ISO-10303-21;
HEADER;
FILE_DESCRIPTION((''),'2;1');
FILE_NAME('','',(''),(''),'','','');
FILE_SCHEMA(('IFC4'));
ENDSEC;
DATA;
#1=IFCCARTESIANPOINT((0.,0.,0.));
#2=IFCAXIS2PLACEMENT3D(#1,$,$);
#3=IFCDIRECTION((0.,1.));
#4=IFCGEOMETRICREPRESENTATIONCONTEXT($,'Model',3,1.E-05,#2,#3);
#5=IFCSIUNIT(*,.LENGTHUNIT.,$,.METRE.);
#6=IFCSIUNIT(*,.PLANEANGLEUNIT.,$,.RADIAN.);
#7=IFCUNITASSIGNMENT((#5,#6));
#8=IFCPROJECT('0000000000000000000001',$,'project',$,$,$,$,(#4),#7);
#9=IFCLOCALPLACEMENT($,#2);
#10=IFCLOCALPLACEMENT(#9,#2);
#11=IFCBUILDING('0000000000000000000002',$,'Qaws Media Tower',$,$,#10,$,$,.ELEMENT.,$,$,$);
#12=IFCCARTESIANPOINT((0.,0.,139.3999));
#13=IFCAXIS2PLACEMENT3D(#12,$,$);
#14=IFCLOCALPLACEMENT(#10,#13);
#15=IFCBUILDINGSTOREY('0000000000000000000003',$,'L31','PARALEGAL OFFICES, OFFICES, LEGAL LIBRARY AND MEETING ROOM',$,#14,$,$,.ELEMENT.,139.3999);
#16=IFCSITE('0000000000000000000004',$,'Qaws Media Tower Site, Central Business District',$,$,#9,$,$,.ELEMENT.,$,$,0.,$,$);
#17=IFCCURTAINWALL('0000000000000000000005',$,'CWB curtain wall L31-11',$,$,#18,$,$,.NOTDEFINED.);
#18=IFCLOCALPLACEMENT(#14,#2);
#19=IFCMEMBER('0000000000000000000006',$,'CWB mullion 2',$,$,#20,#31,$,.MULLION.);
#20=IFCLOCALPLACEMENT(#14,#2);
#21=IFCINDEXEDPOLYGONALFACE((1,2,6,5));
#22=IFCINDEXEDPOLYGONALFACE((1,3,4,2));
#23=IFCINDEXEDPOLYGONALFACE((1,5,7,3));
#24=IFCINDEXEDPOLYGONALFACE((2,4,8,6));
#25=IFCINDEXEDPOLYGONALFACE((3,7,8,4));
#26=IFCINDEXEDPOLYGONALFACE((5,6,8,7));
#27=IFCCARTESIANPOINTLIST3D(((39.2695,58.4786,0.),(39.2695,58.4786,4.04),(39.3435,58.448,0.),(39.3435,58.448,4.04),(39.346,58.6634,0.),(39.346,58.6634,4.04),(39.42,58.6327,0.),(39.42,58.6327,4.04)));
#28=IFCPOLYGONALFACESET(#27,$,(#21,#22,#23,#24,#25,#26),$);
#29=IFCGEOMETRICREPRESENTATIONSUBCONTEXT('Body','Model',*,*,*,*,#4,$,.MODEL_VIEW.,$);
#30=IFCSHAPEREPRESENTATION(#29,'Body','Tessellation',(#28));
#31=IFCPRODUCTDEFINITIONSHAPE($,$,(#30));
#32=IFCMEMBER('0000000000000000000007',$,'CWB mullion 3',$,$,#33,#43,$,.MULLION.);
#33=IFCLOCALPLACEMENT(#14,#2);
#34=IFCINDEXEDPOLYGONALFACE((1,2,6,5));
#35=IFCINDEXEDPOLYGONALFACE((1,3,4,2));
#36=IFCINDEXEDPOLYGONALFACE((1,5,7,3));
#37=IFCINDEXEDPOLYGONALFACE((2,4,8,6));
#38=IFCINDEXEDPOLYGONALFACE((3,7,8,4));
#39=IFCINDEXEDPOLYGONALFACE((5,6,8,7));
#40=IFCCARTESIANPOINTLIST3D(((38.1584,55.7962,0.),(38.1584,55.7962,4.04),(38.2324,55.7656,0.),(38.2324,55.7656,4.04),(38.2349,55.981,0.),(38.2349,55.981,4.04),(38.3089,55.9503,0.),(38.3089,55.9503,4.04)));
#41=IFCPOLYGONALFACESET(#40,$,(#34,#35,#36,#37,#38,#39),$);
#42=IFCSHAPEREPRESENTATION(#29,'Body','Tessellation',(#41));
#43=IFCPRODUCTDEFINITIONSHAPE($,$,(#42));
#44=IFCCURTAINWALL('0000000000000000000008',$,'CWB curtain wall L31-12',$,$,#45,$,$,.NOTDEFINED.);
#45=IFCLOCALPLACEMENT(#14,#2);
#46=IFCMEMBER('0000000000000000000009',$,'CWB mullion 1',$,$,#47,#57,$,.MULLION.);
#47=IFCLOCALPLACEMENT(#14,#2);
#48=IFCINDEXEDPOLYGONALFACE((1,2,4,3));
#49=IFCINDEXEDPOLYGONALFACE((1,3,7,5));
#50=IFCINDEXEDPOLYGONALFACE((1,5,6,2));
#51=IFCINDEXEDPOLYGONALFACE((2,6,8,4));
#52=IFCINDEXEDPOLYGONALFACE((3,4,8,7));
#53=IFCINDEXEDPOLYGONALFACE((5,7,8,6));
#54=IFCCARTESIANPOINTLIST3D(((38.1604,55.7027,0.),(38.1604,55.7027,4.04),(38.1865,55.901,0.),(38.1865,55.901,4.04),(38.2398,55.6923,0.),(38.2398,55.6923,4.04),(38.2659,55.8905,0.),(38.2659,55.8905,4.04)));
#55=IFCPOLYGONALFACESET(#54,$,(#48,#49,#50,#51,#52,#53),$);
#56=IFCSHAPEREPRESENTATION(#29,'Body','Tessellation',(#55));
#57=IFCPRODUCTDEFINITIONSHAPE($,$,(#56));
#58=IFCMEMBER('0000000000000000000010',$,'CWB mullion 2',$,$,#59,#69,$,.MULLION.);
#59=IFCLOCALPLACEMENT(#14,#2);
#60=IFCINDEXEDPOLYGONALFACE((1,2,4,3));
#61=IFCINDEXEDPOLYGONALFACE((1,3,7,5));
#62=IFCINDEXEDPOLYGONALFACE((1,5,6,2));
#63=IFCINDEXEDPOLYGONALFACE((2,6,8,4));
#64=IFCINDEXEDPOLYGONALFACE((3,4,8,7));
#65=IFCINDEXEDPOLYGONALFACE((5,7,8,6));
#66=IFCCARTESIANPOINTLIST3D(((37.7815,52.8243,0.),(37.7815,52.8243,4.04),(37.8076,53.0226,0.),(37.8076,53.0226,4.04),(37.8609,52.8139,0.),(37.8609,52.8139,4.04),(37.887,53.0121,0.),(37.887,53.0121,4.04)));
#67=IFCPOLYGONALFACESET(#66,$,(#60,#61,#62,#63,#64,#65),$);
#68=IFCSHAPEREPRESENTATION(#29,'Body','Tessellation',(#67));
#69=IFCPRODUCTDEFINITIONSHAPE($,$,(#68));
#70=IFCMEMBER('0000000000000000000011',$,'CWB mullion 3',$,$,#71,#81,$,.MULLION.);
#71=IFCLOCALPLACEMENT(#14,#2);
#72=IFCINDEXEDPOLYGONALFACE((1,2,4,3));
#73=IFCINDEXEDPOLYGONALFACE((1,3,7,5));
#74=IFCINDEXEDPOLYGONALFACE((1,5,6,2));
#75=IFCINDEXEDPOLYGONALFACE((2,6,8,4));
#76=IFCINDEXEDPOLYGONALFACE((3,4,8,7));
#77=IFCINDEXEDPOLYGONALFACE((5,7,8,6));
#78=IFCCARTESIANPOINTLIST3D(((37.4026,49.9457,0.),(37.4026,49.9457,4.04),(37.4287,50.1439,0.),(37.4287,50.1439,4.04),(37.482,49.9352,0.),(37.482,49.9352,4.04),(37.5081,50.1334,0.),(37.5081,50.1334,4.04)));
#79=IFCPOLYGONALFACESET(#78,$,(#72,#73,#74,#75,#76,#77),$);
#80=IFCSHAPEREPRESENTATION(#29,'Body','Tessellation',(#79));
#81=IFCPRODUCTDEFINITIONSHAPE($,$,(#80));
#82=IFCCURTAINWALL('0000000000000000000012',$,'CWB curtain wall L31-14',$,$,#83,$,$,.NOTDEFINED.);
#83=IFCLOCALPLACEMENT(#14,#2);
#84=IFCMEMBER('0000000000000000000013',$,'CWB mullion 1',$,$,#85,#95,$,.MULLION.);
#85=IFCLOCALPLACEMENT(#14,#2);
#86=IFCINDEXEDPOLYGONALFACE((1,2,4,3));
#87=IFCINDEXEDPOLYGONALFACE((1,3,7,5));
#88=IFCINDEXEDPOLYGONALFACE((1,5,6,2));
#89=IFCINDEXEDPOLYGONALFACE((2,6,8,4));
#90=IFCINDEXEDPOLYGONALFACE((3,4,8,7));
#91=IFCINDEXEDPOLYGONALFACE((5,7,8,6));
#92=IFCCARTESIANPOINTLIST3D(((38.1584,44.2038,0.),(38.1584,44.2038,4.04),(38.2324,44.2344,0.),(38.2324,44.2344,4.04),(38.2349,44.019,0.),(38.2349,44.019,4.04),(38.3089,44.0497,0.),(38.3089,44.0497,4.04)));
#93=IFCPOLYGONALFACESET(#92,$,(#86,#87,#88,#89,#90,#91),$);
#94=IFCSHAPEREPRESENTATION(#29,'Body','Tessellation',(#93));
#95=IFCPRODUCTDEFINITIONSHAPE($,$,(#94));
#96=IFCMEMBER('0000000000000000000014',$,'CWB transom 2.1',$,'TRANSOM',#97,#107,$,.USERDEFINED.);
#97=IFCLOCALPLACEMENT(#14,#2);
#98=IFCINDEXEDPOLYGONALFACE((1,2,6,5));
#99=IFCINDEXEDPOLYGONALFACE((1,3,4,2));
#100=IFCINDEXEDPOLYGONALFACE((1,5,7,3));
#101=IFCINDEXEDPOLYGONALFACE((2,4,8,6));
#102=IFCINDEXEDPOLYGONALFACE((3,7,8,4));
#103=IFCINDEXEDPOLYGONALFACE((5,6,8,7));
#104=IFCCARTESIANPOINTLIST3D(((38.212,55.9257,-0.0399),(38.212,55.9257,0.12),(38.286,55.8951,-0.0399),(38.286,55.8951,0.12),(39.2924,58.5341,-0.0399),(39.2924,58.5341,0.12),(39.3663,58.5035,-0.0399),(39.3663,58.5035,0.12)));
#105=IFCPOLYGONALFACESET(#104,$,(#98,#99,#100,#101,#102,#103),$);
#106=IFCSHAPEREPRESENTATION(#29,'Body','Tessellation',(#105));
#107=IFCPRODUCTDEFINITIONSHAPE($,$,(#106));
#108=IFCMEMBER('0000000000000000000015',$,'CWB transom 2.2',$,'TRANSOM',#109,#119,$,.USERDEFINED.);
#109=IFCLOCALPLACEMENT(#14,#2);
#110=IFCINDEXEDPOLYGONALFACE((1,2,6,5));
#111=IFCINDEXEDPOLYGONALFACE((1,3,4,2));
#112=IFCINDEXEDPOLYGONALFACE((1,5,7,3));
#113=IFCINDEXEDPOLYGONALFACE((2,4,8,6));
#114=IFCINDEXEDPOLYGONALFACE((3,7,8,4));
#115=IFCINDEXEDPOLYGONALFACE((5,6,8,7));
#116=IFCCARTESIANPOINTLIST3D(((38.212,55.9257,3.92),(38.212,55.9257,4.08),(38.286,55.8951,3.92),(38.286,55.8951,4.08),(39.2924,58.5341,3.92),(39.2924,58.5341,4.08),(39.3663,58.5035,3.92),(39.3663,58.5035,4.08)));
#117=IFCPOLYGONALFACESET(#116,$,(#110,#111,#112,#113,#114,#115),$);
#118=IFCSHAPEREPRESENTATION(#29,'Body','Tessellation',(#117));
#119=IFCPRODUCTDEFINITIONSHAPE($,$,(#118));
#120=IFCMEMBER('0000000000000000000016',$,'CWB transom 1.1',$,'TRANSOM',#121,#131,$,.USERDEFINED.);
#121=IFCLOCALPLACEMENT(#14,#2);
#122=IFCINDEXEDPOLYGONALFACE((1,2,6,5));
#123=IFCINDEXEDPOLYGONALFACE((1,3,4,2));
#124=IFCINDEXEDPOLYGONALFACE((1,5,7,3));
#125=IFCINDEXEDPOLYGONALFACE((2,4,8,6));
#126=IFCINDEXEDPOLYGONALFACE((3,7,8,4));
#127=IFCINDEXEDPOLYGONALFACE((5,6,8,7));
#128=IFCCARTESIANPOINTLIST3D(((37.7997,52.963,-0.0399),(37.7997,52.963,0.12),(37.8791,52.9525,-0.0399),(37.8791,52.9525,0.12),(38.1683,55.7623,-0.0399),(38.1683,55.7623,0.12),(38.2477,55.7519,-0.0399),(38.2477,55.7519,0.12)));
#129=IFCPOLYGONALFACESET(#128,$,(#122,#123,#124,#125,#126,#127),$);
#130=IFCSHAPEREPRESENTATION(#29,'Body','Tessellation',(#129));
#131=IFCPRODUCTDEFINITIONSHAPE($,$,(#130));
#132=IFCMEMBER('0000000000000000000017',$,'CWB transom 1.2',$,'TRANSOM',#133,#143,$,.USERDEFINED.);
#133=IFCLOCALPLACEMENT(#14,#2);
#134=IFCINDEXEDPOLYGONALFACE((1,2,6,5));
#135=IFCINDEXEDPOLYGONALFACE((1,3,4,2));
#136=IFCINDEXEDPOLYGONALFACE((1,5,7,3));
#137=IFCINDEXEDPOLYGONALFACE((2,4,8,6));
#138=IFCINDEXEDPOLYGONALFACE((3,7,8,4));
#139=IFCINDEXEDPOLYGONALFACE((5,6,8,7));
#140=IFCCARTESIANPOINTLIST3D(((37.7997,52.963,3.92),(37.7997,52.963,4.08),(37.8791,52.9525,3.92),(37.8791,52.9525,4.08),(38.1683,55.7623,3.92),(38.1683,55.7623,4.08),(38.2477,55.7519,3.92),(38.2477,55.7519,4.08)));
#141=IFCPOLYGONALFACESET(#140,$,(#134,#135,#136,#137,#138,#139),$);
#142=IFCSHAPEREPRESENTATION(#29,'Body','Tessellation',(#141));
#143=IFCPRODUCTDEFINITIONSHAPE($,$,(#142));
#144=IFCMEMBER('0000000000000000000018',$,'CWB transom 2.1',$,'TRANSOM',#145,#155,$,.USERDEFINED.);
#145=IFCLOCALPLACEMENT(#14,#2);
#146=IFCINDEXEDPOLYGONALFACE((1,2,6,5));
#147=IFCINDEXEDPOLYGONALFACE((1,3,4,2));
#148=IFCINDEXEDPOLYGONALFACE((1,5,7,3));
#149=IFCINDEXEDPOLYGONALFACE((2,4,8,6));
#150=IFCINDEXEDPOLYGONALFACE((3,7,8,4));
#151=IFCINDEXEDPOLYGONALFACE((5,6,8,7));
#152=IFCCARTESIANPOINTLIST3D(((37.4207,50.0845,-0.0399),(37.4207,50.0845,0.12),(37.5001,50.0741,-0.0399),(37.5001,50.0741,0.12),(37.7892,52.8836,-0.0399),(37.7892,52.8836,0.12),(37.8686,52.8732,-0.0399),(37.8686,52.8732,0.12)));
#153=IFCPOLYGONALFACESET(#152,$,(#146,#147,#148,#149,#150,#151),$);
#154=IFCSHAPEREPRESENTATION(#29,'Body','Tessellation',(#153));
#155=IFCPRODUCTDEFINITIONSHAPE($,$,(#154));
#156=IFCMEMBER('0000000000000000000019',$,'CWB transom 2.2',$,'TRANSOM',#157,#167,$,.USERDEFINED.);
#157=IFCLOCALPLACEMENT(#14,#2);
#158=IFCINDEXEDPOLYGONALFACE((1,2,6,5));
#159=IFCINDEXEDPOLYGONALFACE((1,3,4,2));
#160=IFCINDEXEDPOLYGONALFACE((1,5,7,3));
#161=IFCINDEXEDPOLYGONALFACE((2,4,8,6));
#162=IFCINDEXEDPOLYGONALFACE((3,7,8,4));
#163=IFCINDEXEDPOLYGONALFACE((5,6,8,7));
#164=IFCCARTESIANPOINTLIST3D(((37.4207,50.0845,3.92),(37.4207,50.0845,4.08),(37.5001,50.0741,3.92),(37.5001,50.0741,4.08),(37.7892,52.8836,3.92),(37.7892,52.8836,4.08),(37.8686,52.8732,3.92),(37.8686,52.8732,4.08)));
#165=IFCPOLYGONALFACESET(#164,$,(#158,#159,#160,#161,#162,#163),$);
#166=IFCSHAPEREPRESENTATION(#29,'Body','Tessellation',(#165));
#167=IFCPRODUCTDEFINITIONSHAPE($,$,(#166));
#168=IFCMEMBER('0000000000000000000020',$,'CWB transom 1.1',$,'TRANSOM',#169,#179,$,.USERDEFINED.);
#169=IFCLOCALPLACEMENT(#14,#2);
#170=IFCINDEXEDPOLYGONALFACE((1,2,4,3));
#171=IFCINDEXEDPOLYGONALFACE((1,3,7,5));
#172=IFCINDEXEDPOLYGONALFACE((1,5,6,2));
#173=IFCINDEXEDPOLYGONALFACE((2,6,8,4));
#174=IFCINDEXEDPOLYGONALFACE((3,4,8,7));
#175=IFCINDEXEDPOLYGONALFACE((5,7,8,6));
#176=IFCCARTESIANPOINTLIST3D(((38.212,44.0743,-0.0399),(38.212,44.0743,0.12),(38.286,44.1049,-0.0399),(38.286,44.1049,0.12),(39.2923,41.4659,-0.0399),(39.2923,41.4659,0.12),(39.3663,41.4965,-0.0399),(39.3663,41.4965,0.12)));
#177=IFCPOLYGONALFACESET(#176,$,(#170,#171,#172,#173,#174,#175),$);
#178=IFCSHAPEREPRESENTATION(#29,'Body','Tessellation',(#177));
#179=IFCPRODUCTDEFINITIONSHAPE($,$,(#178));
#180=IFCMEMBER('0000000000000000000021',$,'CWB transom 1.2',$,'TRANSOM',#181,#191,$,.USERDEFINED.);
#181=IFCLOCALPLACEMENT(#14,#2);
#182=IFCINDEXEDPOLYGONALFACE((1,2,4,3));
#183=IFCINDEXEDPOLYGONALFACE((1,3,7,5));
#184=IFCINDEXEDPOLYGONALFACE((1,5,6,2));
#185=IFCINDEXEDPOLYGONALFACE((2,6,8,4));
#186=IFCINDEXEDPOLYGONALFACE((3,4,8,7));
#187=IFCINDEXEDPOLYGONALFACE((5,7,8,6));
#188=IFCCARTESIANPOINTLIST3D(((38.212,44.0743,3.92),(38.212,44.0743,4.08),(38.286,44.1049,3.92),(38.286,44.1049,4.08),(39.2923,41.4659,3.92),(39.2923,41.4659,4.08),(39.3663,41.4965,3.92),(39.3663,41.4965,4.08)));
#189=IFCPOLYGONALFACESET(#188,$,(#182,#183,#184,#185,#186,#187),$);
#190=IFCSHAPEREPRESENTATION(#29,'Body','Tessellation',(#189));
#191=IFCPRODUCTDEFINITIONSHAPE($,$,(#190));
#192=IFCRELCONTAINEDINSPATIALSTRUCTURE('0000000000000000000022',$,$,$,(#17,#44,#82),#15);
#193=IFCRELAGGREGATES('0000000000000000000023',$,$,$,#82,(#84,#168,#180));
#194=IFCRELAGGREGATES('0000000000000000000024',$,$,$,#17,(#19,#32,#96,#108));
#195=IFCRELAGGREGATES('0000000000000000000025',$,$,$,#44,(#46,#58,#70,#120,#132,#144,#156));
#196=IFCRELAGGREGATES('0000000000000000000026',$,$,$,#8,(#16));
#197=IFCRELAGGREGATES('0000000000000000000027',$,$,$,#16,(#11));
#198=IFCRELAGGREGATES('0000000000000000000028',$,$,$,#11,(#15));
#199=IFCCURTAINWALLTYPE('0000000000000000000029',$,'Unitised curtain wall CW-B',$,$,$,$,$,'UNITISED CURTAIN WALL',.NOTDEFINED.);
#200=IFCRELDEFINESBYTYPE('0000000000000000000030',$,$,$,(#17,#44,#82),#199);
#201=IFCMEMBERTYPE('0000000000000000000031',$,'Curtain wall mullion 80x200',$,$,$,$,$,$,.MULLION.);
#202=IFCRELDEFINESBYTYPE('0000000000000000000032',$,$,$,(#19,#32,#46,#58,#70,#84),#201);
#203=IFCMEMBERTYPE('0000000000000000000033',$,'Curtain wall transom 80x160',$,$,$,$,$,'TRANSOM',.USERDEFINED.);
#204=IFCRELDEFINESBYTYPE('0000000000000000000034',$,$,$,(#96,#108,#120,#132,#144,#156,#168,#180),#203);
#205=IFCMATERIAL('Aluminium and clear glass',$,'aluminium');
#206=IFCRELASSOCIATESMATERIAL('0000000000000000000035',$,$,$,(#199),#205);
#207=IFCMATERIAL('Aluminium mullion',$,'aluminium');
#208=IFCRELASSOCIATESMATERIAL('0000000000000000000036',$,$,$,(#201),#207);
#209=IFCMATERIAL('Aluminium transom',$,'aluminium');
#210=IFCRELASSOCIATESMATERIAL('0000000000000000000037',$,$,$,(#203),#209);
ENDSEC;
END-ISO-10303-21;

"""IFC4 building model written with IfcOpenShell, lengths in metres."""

from ifc_helpers import new_model, si_unit, direction, frame, origin, origin_2d, place, context, subcontext, project, spatial, rectangle, extrude, material, material_profile, profile_set, type_object, element, aggregate, save


model = new_model("IFC4")

# Units and contexts
model_context = context("Model", 3, precision=1e-05, world=origin(), true_north=direction((0.0, 1.0)))
body_context = subcontext(model_context, "Body", "Model", "MODEL_VIEW")
ifc_project = project(units=[si_unit("LENGTHUNIT", "METRE"), si_unit("PLANEANGLEUNIT", "RADIAN")], contexts=[model_context])

# Site, building, storey
site_placement = place(None, origin())
site = spatial("IfcSite", under=ifc_project, at=site_placement, Name="Qaws Media Tower Site, Central Business District", CompositionType="ELEMENT", RefElevation=0.0)
building_placement = place(site_placement, origin())
building = spatial("IfcBuilding", under=site, at=building_placement, Name="Qaws Media Tower", CompositionType="ELEMENT")
storey_placement = place(building_placement, frame((0.0, 0.0, 139.3999)))
storey = spatial("IfcBuildingStorey", under=building, at=storey_placement, Name="L31", Description="PARALEGAL OFFICES, OFFICES, LEGAL LIBRARY AND MEETING ROOM", CompositionType="ELEMENT", Elevation=139.3999)

# Curtain walls, members
ifc_material_1 = material(Name="Aluminium and clear glass", Category="aluminium")
curtain_wall_type = type_object("IfcCurtainWallType", Name="Unitised curtain wall CW-B", ElementType="UNITISED CURTAIN WALL", PredefinedType="NOTDEFINED", material=ifc_material_1)
curtain_wall_1_placement = place(storey_placement, origin())
curtain_wall_1 = element("IfcCurtainWall", 1, at=curtain_wall_1_placement, inside=storey, type_object=curtain_wall_type, Name="CWB curtain wall L31-11", PredefinedType="NOTDEFINED")
ifc_material_2 = material(Name="Aluminium mullion", Category="aluminium")
ifc_material_profile_1 = material_profile(ifc_material_2, rectangle(XDim=0.0801, YDim=0.2, at=origin_2d()), Name="80x200")
ifc_profile_set_1 = profile_set([ifc_material_profile_1], Name="Aluminium mullion")
member_type_1 = type_object("IfcMemberType", Name="Curtain wall mullion 80x200", PredefinedType="MULLION", material=ifc_profile_set_1)
member_1_placement = place(storey_placement, frame((39.3447, 58.5557, 0.0), z_axis=(0.0, 0.0, 1.0), x_axis=(0.92388, -0.382683, 0.0)))
member_1 = element("IfcMember", 2, at=member_1_placement, type_object=member_type_1, Name="CWB mullion 2", PredefinedType="MULLION", context=body_context, shape_type="SweptSolid", body=[
    extrude(rectangle(XDim=0.0801, YDim=0.2, at=origin_2d()), origin(), (0.0, 0.0, 1.0), 4.04),
])
member_2_placement = place(storey_placement, frame((38.2336, 55.8733, 0.0), z_axis=(0.0, 0.0, 1.0), x_axis=(0.92388, -0.382683, 0.0)))
member_2 = element("IfcMember", 3, at=member_2_placement, type_object=member_type_1, Name="CWB mullion 3", PredefinedType="MULLION", context=body_context, shape_type="SweptSolid", body=[
    extrude(rectangle(XDim=0.0801, YDim=0.2, at=origin_2d()), origin(), (0.0, 0.0, 1.0), 4.04),
])
curtain_wall_2_placement = place(storey_placement, origin())
curtain_wall_2 = element("IfcCurtainWall", 4, at=curtain_wall_2_placement, inside=storey, type_object=curtain_wall_type, Name="CWB curtain wall L31-12", PredefinedType="NOTDEFINED")
member_3_placement = place(storey_placement, frame((38.2131, 55.7966, 0.0), z_axis=(0.0, 0.0, 1.0), x_axis=(0.991445, -0.130526, 0.0)))
member_3 = element("IfcMember", 5, at=member_3_placement, type_object=member_type_1, Name="CWB mullion 1", PredefinedType="MULLION", context=body_context, shape_type="SweptSolid", body=[
    extrude(rectangle(XDim=0.0801, YDim=0.2, at=origin_2d()), origin(), (0.0, 0.0, 1.0), 4.04),
])
member_4_placement = place(storey_placement, frame((37.8342, 52.9182, 0.0), z_axis=(0.0, 0.0, 1.0), x_axis=(0.991445, -0.130526, 0.0)))
member_4 = element("IfcMember", 6, at=member_4_placement, type_object=member_type_1, Name="CWB mullion 2", PredefinedType="MULLION", context=body_context, shape_type="SweptSolid", body=[
    extrude(rectangle(XDim=0.0801, YDim=0.2, at=origin_2d()), origin(), (0.0, 0.0, 1.0), 4.04),
])
member_5_placement = place(storey_placement, frame((37.4553, 50.0396, 0.0), z_axis=(0.0, 0.0, 1.0), x_axis=(0.991445, -0.130526, 0.0)))
member_5 = element("IfcMember", 7, at=member_5_placement, type_object=member_type_1, Name="CWB mullion 3", PredefinedType="MULLION", context=body_context, shape_type="SweptSolid", body=[
    extrude(rectangle(XDim=0.0801, YDim=0.2, at=origin_2d()), origin(), (0.0, 0.0, 1.0), 4.04),
])

# Curtain wall, member
curtain_wall_3_placement = place(storey_placement, origin())
curtain_wall_3 = element("IfcCurtainWall", 8, at=curtain_wall_3_placement, inside=storey, type_object=curtain_wall_type, Name="CWB curtain wall L31-14", PredefinedType="NOTDEFINED")
member_6_placement = place(storey_placement, frame((38.2336, 44.1267, 0.0), z_axis=(0.0, 0.0, 1.0), x_axis=(0.92388, 0.382683, 0.0)))
member_6 = element("IfcMember", 9, at=member_6_placement, type_object=member_type_1, Name="CWB mullion 1", PredefinedType="MULLION", context=body_context, shape_type="SweptSolid", body=[
    extrude(rectangle(XDim=0.0801, YDim=0.2, at=origin_2d()), origin(), (0.0, 0.0, 1.0), 4.04),
])

# Members
ifc_material_3 = material(Name="Aluminium transom", Category="aluminium")
ifc_material_profile_2 = material_profile(ifc_material_3, rectangle(XDim=0.0801, YDim=0.1599, at=origin_2d()), Name="80x160")
ifc_profile_set_2 = profile_set([ifc_material_profile_2], Name="Aluminium transom")
member_type_2 = type_object("IfcMemberType", Name="Curtain wall transom 80x160", ElementType="TRANSOM", PredefinedType="USERDEFINED", material=ifc_profile_set_2)
member_7_placement = place(storey_placement, frame((39.3293, 58.5188, 0.04), z_axis=(-0.38265, -0.923894, 0.0), x_axis=(0.923894, -0.38265, 0.0)))
member_7 = element("IfcMember", 10, at=member_7_placement, type_object=member_type_2, Name="CWB transom 2.1", ObjectType="TRANSOM", PredefinedType="USERDEFINED", context=body_context, shape_type="SweptSolid", body=[
    extrude(rectangle(XDim=0.0801, YDim=0.1599, at=origin_2d()), origin(), (0.0, 0.0, 1.0), 2.8232),
])
member_8_placement = place(storey_placement, frame((39.3293, 58.5188, 4.0), z_axis=(-0.38265, -0.923894, 0.0), x_axis=(0.923894, -0.38265, 0.0)))
member_8 = element("IfcMember", 11, at=member_8_placement, type_object=member_type_2, Name="CWB transom 2.2", ObjectType="TRANSOM", PredefinedType="USERDEFINED", context=body_context, shape_type="SweptSolid", body=[
    extrude(rectangle(XDim=0.0801, YDim=0.1599, at=origin_2d()), origin(), (0.0, 0.0, 1.0), 2.8232),
])
member_9_placement = place(storey_placement, frame((38.208, 55.7571, 0.04), z_axis=(-0.130566, -0.99144, 0.0), x_axis=(0.99144, -0.130566, 0.0)))
member_9 = element("IfcMember", 12, at=member_9_placement, type_object=member_type_2, Name="CWB transom 1.1", ObjectType="TRANSOM", PredefinedType="USERDEFINED", context=body_context, shape_type="SweptSolid", body=[
    extrude(rectangle(XDim=0.0801, YDim=0.1599, at=origin_2d()), origin(), (0.0, 0.0, 1.0), 2.8235),
])
member_10_placement = place(storey_placement, frame((38.208, 55.7571, 4.0), z_axis=(-0.130566, -0.99144, 0.0), x_axis=(0.99144, -0.130566, 0.0)))
member_10 = element("IfcMember", 13, at=member_10_placement, type_object=member_type_2, Name="CWB transom 1.2", ObjectType="TRANSOM", PredefinedType="USERDEFINED", context=body_context, shape_type="SweptSolid", body=[
    extrude(rectangle(XDim=0.0801, YDim=0.1599, at=origin_2d()), origin(), (0.0, 0.0, 1.0), 2.8235),
])
member_11_placement = place(storey_placement, frame((37.8289, 52.8784, 0.04), z_axis=(-0.130493, -0.991449, 0.0), x_axis=(0.991449, -0.130493, 0.0)))
member_11 = element("IfcMember", 14, at=member_11_placement, type_object=member_type_2, Name="CWB transom 2.1", ObjectType="TRANSOM", PredefinedType="USERDEFINED", context=body_context, shape_type="SweptSolid", body=[
    extrude(rectangle(XDim=0.0801, YDim=0.1599, at=origin_2d()), origin(), (0.0, 0.0, 1.0), 2.8232),
])
member_12_placement = place(storey_placement, frame((37.8289, 52.8784, 4.0), z_axis=(-0.130493, -0.991449, 0.0), x_axis=(0.991449, -0.130493, 0.0)))
member_12 = element("IfcMember", 15, at=member_12_placement, type_object=member_type_2, Name="CWB transom 2.2", ObjectType="TRANSOM", PredefinedType="USERDEFINED", context=body_context, shape_type="SweptSolid", body=[
    extrude(rectangle(XDim=0.0801, YDim=0.1599, at=origin_2d()), origin(), (0.0, 0.0, 1.0), 2.8232),
])
member_13_placement = place(storey_placement, frame((38.249, 44.0896, 0.04), z_axis=(0.38265, -0.923894, 0.0), x_axis=(0.923894, 0.38265, 0.0)))
member_13 = element("IfcMember", 16, at=member_13_placement, type_object=member_type_2, Name="CWB transom 1.1", ObjectType="TRANSOM", PredefinedType="USERDEFINED", context=body_context, shape_type="SweptSolid", body=[
    extrude(rectangle(XDim=0.0801, YDim=0.1599, at=origin_2d()), origin(), (0.0, 0.0, 1.0), 2.8232),
])
member_14_placement = place(storey_placement, frame((38.249, 44.0896, 4.0), z_axis=(0.38265, -0.923894, 0.0), x_axis=(0.923894, 0.38265, 0.0)))
member_14 = element("IfcMember", 17, at=member_14_placement, type_object=member_type_2, Name="CWB transom 1.2", ObjectType="TRANSOM", PredefinedType="USERDEFINED", context=body_context, shape_type="SweptSolid", body=[
    extrude(rectangle(XDim=0.0801, YDim=0.1599, at=origin_2d()), origin(), (0.0, 0.0, 1.0), 2.8232),
])
aggregate(curtain_wall_3, [member_6, member_13, member_14])

aggregate(curtain_wall_1, [member_1, member_2, member_7, member_8])
aggregate(curtain_wall_2, [member_3, member_4, member_5, member_9, member_10, member_11, member_12])

save(model, "model.ifc")
